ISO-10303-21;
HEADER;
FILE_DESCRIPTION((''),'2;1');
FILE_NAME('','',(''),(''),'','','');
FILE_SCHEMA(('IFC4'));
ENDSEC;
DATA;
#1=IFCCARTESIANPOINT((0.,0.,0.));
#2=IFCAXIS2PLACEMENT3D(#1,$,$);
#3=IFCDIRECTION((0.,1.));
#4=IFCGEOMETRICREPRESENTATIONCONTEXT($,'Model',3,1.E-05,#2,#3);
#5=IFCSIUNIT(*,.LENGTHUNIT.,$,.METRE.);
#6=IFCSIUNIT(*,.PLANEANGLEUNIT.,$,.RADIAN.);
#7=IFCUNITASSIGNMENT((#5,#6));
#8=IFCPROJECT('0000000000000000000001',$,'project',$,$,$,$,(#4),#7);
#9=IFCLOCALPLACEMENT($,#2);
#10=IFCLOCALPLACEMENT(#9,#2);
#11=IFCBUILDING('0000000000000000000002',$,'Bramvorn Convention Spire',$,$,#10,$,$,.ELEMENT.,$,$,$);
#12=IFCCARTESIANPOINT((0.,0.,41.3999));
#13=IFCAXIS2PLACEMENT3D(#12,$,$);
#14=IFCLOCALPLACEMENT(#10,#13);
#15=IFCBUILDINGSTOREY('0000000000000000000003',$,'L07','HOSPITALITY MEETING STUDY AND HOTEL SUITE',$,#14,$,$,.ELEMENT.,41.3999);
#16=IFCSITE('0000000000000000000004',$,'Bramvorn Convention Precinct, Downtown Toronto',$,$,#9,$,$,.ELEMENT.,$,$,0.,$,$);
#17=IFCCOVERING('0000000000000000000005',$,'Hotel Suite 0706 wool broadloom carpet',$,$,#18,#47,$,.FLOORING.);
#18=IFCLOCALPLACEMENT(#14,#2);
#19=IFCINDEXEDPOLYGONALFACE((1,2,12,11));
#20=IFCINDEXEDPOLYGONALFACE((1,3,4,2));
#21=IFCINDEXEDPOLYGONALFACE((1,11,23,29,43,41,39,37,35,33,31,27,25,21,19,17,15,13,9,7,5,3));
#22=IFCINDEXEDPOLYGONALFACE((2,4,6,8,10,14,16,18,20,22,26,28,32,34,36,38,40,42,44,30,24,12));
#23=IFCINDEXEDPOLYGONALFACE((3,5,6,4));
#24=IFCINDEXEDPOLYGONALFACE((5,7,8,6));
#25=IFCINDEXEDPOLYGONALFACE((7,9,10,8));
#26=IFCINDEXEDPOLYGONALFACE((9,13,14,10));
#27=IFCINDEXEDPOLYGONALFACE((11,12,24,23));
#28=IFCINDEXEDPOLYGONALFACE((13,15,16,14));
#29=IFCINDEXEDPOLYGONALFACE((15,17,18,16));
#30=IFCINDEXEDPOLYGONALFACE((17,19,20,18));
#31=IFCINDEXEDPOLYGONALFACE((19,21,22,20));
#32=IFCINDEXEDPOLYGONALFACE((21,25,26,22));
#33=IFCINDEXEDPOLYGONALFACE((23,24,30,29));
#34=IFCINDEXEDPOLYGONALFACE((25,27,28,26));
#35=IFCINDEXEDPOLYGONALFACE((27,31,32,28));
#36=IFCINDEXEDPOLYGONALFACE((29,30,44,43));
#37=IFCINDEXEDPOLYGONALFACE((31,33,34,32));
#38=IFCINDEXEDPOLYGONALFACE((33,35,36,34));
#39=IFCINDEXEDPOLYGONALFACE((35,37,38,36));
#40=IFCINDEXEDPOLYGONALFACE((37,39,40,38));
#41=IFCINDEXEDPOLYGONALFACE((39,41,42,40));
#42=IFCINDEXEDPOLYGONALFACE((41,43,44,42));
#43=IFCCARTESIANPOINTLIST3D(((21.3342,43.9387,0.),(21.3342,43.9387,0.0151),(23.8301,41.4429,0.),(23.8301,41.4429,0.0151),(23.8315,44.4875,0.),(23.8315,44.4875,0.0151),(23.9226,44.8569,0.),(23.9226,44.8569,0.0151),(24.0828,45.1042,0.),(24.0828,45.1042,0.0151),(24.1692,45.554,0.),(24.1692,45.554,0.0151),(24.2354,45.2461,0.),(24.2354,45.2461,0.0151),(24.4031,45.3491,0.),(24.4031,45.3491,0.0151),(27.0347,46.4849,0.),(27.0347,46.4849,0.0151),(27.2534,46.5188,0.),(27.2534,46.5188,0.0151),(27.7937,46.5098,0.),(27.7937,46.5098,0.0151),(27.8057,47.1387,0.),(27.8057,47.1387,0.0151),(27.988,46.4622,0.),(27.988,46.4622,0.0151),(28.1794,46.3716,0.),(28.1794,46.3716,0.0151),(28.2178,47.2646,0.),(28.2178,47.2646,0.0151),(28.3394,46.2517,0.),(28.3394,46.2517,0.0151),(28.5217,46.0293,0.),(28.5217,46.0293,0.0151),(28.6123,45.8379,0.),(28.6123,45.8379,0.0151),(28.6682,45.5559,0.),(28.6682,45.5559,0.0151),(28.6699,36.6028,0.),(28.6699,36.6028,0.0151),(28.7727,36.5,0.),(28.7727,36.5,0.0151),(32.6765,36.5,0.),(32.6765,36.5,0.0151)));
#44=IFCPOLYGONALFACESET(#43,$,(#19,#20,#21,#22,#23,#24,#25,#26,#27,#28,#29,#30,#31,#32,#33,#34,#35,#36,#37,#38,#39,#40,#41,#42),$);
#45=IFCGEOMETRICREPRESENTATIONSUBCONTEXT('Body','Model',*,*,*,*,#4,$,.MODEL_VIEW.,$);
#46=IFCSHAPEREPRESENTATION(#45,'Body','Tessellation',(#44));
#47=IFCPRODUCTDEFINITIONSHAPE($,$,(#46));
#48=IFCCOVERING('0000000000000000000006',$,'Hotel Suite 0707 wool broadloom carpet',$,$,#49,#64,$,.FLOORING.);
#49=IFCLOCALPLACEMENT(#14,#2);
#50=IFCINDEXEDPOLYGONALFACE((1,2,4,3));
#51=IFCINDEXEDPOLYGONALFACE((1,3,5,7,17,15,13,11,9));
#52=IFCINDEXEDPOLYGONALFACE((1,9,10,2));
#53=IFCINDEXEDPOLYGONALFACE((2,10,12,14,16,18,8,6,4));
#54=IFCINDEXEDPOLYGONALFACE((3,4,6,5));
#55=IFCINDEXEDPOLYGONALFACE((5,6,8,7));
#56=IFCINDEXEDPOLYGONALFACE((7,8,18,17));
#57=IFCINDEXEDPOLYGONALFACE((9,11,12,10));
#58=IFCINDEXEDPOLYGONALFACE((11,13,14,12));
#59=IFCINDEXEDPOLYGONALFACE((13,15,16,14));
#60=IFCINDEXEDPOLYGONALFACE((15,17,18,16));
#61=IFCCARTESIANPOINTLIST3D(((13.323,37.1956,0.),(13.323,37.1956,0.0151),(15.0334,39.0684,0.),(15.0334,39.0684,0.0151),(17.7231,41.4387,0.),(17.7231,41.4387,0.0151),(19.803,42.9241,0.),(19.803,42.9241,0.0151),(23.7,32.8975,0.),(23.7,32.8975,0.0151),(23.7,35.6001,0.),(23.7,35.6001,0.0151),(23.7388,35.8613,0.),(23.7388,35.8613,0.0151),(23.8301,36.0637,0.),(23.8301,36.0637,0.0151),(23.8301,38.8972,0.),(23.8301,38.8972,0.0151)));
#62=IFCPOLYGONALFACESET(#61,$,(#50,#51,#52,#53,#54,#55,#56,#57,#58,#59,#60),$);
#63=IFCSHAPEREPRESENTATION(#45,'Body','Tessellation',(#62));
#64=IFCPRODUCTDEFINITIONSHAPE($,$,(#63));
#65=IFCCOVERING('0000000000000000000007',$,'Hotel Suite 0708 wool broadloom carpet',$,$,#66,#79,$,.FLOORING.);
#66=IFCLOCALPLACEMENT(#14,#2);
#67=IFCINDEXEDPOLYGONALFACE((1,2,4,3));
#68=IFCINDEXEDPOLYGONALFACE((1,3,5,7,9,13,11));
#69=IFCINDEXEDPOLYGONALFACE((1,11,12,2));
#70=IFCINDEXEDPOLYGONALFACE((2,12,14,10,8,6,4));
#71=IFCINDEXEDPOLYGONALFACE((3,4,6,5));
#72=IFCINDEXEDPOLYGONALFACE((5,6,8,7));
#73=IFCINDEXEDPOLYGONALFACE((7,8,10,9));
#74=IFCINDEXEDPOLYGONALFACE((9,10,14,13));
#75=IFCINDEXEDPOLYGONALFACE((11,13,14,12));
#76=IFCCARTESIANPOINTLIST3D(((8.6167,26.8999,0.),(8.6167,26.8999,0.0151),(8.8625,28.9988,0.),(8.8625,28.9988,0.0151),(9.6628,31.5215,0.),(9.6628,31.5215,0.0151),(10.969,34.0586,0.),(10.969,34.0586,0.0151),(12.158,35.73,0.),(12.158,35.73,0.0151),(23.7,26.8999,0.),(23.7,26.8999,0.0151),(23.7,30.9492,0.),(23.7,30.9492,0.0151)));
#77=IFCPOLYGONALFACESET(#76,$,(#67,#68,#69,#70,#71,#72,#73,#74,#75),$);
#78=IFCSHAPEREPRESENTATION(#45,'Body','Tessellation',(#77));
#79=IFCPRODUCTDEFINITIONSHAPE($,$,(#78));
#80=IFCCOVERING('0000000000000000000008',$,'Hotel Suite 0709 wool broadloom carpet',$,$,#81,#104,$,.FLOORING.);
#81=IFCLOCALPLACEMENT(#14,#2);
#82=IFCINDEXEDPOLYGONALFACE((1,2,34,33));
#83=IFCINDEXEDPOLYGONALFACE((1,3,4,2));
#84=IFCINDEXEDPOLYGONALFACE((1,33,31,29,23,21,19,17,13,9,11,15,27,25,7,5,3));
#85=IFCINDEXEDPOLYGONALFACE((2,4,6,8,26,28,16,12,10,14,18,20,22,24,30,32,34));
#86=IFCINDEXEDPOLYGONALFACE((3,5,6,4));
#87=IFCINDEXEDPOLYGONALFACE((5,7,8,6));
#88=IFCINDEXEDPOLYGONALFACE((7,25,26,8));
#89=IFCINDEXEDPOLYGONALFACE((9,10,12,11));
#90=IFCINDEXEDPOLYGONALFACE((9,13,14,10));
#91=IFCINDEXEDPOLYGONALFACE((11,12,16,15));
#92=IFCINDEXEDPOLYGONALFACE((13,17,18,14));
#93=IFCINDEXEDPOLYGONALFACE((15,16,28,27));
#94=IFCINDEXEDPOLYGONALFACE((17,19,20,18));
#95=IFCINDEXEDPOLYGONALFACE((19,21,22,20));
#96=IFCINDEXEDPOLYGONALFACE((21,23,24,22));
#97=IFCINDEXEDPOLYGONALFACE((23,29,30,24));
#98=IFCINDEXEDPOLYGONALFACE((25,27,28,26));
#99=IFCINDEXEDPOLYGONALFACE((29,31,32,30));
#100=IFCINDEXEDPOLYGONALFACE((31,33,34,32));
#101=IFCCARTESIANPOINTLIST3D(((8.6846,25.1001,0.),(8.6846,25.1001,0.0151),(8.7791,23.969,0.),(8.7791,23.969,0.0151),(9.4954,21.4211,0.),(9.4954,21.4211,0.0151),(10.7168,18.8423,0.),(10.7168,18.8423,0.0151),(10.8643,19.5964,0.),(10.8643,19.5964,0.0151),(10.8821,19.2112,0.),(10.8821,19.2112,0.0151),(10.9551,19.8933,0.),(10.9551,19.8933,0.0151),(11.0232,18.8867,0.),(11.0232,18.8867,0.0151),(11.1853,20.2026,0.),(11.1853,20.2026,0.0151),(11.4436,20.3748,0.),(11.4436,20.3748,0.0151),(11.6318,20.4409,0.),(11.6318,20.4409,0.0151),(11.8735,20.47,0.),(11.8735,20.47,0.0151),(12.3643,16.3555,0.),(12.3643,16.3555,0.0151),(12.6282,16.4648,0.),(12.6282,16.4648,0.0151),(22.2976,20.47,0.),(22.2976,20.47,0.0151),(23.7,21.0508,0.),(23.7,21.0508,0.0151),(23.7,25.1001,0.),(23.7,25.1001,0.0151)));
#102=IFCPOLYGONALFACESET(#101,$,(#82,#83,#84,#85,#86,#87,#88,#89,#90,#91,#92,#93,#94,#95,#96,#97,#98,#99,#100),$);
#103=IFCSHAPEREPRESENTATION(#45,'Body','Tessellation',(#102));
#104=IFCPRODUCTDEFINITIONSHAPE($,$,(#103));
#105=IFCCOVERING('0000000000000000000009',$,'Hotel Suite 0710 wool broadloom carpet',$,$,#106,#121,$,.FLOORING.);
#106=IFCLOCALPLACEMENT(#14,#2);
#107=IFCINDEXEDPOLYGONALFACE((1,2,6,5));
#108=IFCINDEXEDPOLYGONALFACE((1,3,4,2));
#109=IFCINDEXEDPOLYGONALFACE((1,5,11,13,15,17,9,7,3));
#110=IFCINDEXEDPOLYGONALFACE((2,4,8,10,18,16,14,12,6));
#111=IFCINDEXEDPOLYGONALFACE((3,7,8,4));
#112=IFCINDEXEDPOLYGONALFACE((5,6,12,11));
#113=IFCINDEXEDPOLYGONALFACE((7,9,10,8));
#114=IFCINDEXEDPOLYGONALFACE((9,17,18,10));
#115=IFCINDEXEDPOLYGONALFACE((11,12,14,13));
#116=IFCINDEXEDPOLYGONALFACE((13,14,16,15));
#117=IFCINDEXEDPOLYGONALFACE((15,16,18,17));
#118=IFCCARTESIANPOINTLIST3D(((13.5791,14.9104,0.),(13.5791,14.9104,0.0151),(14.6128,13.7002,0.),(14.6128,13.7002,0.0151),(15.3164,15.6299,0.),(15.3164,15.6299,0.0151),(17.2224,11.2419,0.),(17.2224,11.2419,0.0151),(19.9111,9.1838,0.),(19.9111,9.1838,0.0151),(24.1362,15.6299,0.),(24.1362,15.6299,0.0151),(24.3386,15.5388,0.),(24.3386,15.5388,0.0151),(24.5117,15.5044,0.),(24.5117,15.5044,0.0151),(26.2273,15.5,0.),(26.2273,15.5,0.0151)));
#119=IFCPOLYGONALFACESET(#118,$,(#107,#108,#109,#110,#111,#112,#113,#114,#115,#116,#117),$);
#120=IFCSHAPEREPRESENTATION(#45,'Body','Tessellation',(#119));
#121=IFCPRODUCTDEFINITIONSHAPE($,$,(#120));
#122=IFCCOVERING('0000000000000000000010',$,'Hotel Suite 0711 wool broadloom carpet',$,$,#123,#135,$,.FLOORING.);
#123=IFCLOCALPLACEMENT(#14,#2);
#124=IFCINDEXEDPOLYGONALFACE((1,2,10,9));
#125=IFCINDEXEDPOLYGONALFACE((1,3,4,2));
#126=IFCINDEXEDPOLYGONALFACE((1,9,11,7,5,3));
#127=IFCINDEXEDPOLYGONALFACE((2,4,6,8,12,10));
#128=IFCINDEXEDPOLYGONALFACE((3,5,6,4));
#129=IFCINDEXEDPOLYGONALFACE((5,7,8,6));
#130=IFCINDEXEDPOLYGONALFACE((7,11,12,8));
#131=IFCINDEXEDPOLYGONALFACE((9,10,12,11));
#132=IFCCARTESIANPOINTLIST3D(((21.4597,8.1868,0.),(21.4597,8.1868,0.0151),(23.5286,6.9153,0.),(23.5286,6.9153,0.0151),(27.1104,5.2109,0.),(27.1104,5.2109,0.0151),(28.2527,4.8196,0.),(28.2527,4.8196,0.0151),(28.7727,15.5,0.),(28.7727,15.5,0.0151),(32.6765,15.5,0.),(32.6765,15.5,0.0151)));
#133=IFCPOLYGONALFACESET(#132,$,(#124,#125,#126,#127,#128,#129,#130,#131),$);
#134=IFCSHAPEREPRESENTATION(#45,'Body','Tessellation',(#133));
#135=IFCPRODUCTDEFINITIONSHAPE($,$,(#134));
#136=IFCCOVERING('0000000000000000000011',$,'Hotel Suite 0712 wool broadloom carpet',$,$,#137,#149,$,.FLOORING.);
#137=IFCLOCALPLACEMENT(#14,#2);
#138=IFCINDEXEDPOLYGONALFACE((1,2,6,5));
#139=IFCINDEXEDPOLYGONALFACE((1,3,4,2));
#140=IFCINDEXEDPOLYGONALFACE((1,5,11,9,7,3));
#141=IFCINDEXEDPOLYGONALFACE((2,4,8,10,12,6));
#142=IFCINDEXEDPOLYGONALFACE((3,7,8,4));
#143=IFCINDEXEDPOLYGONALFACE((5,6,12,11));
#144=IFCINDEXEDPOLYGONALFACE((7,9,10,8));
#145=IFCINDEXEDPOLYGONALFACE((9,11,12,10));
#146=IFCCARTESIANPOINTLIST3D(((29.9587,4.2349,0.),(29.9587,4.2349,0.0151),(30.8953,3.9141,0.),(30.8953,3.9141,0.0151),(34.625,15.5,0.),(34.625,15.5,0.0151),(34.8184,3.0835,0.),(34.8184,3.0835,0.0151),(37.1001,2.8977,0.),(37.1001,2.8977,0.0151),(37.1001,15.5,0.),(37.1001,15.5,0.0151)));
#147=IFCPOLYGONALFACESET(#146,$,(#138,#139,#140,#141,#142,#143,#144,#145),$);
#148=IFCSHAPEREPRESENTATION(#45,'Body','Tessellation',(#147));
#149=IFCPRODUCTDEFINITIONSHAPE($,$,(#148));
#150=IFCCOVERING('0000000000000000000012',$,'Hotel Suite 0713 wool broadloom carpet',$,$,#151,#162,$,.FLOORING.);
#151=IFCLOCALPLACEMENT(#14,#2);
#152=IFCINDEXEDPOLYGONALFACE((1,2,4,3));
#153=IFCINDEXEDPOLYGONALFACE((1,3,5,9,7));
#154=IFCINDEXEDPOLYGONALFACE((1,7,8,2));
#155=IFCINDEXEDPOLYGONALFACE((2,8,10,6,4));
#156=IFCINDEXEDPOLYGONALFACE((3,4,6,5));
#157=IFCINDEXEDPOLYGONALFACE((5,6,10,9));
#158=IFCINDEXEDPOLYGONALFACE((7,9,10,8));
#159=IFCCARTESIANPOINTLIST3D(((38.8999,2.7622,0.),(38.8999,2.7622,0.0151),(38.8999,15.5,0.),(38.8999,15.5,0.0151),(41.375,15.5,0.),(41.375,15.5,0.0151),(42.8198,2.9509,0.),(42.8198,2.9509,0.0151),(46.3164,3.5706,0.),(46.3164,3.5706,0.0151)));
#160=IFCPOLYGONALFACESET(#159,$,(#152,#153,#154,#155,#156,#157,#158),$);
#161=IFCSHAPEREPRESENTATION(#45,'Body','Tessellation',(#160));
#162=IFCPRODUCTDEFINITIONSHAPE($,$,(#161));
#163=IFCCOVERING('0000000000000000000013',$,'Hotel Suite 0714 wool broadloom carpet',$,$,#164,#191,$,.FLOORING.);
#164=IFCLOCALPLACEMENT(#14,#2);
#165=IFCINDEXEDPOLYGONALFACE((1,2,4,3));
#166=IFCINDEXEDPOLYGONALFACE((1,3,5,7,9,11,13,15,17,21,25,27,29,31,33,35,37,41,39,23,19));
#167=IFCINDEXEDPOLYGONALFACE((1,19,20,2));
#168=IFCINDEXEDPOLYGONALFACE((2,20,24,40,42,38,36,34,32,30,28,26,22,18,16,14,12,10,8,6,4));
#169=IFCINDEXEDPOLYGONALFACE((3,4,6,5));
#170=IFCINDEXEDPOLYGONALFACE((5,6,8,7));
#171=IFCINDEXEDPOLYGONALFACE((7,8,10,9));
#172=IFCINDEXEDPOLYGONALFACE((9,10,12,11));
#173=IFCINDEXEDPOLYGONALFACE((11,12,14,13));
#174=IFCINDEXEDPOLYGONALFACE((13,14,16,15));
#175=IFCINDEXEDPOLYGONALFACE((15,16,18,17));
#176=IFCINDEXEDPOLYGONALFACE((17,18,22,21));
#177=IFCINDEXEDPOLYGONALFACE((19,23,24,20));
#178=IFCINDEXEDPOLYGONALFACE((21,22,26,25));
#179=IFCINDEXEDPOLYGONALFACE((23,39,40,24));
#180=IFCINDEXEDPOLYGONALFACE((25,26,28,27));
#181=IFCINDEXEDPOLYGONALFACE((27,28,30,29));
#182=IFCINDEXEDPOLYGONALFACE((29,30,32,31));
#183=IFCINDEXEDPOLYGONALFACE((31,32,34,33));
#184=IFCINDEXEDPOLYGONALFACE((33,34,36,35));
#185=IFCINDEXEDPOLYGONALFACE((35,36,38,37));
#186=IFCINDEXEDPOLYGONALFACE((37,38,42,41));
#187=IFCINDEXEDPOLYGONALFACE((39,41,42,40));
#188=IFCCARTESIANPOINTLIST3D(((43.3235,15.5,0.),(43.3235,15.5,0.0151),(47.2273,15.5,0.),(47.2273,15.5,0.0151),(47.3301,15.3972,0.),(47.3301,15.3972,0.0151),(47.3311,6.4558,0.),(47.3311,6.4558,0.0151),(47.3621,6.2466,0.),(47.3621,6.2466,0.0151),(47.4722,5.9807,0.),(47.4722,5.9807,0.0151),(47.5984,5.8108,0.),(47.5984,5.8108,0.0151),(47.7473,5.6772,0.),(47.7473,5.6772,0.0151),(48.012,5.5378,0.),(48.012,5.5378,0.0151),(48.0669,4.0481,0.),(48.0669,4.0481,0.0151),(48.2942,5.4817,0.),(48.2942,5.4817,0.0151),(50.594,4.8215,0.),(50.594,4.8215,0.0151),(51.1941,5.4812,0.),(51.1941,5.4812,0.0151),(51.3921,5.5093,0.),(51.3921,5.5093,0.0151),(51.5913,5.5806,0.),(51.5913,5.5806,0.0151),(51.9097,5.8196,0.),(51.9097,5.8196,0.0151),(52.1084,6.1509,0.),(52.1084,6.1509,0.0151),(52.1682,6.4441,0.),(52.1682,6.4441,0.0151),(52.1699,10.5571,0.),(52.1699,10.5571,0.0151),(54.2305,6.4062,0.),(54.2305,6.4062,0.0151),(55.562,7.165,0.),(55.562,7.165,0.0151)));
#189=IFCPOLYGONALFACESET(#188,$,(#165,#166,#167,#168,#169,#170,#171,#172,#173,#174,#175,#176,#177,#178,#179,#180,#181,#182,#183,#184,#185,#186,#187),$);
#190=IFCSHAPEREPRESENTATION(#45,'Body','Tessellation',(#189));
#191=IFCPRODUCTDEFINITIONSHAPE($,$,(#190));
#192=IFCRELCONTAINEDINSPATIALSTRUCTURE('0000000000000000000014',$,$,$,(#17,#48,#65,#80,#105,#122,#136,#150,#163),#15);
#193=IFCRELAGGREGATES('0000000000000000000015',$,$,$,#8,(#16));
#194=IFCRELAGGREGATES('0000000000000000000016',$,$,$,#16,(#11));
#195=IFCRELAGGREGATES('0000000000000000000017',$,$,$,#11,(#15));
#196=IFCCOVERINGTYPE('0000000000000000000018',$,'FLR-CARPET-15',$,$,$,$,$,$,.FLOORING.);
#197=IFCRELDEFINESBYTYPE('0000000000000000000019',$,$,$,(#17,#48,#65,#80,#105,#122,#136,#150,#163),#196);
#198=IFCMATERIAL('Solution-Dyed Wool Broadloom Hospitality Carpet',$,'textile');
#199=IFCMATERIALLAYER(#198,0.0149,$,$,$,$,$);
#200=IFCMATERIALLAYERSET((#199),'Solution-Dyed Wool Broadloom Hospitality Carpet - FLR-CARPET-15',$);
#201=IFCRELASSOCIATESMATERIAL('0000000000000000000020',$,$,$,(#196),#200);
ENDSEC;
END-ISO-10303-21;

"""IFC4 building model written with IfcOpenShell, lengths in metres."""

from ifc_helpers import new_model, si_unit, direction, frame, origin, place, context, subcontext, project, spatial, polyline, outline, extrude, material, layer, layer_set, type_object, element, save


model = new_model("IFC4")

# Units and contexts
model_context = context("Model", 3, precision=1e-05, world=origin(), true_north=direction((0.0, 1.0)))
body_context = subcontext(model_context, "Body", "Model", "MODEL_VIEW")
ifc_project = project(units=[si_unit("LENGTHUNIT", "METRE"), si_unit("PLANEANGLEUNIT", "RADIAN")], contexts=[model_context])

# Site, building, storey
site_placement = place(None, origin())
site = spatial("IfcSite", under=ifc_project, at=site_placement, Name="Bramvorn Convention Precinct, Downtown Toronto", CompositionType="ELEMENT", RefElevation=0.0)
building_placement = place(site_placement, origin())
building = spatial("IfcBuilding", under=site, at=building_placement, Name="Bramvorn Convention Spire", CompositionType="ELEMENT")
storey_placement = place(building_placement, frame((0.0, 0.0, 41.3999)))
storey = spatial("IfcBuildingStorey", under=building, at=storey_placement, Name="L07", Description="HOSPITALITY MEETING STUDY AND HOTEL SUITE", CompositionType="ELEMENT", Elevation=41.3999)

# Coverings
ifc_material_1 = material(Name="Solution-Dyed Wool Broadloom Hospitality Carpet", Category="textile")
ifc_layer_1 = layer(ifc_material_1, 0.0149)
ifc_layer_set_1 = layer_set([ifc_layer_1], Name="Solution-Dyed Wool Broadloom Hospitality Carpet - FLR-CARPET-15")
covering_type = type_object("IfcCoveringType", Name="FLR-CARPET-15", PredefinedType="FLOORING", material=ifc_layer_set_1)
covering_1_placement = place(storey_placement, origin())
element("IfcCovering", 1, at=covering_1_placement, inside=storey, type_object=covering_type, Name="Hotel Suite 0706 wool broadloom carpet", PredefinedType="FLOORING", context=body_context, shape_type="SweptSolid", body=[
    extrude(outline(polyline([(23.8301, 41.4429), (23.8315, 44.4875), (23.9226, 44.8569), (24.0828, 45.1042), (24.2354, 45.2461), (24.4031, 45.3491), (27.0347, 46.4849), (27.2534, 46.5188), (27.7937, 46.5098), (27.988, 46.4622), (28.1794, 46.3716), (28.3394, 46.2517), (28.5217, 46.0293), (28.6123, 45.8379), (28.6682, 45.5559), (28.6699, 36.6028), (28.7727, 36.5), (32.6765, 36.5), (28.2178, 47.2646), (27.8057, 47.1387), (24.1692, 45.554), (21.3342, 43.9387), (23.8301, 41.4429)])), origin(), (0.0, 0.0, 1.0), 0.0151),
])
covering_2_placement = place(storey_placement, origin())
element("IfcCovering", 2, at=covering_2_placement, inside=storey, type_object=covering_type, Name="Hotel Suite 0707 wool broadloom carpet", PredefinedType="FLOORING", context=body_context, shape_type="SweptSolid", body=[
    extrude(outline(polyline([(23.7, 32.8975), (23.7, 35.6001), (23.7388, 35.8613), (23.8301, 36.0637), (23.8301, 38.8972), (19.803, 42.9241), (17.7231, 41.4387), (15.0334, 39.0684), (13.323, 37.1956), (23.7, 32.8975)])), origin(), (0.0, 0.0, 1.0), 0.0151),
])
covering_3_placement = place(storey_placement, origin())
element("IfcCovering", 3, at=covering_3_placement, inside=storey, type_object=covering_type, Name="Hotel Suite 0708 wool broadloom carpet", PredefinedType="FLOORING", context=body_context, shape_type="SweptSolid", body=[
    extrude(outline(polyline([(23.7, 26.8999), (23.7, 30.9492), (12.158, 35.73), (10.969, 34.0586), (9.6628, 31.5215), (8.8625, 28.9988), (8.6167, 26.8999), (23.7, 26.8999)])), origin(), (0.0, 0.0, 1.0), 0.0151),
])
covering_4_placement = place(storey_placement, origin())
element("IfcCovering", 4, at=covering_4_placement, inside=storey, type_object=covering_type, Name="Hotel Suite 0709 wool broadloom carpet", PredefinedType="FLOORING", context=body_context, shape_type="SweptSolid", body=[
    extrude(outline(polyline([(12.3643, 16.3555), (12.6282, 16.4648), (11.0232, 18.8867), (10.8821, 19.2112), (10.8643, 19.5964), (10.9551, 19.8933), (11.1853, 20.2026), (11.4436, 20.3748), (11.6318, 20.4409), (11.8735, 20.47), (22.2976, 20.47), (23.7, 21.0508), (23.7, 25.1001), (8.6846, 25.1001), (8.7791, 23.969), (9.4954, 21.4211), (10.7168, 18.8423), (12.3643, 16.3555)])), origin(), (0.0, 0.0, 1.0), 0.0151),
])
covering_5_placement = place(storey_placement, origin())
element("IfcCovering", 5, at=covering_5_placement, inside=storey, type_object=covering_type, Name="Hotel Suite 0710 wool broadloom carpet", PredefinedType="FLOORING", context=body_context, shape_type="SweptSolid", body=[
    extrude(outline(polyline([(19.9111, 9.1838), (26.2273, 15.5), (24.5117, 15.5044), (24.3386, 15.5388), (24.1362, 15.6299), (15.3164, 15.6299), (13.5791, 14.9104), (14.6128, 13.7002), (17.2224, 11.2419), (19.9111, 9.1838)])), origin(), (0.0, 0.0, 1.0), 0.0151),
])
covering_6_placement = place(storey_placement, origin())
element("IfcCovering", 6, at=covering_6_placement, inside=storey, type_object=covering_type, Name="Hotel Suite 0711 wool broadloom carpet", PredefinedType="FLOORING", context=body_context, shape_type="SweptSolid", body=[
    extrude(outline(polyline([(27.1104, 5.2109), (28.2527, 4.8196), (32.6765, 15.5), (28.7727, 15.5), (21.4597, 8.1868), (23.5286, 6.9153), (27.1104, 5.2109)])), origin(), (0.0, 0.0, 1.0), 0.0151),
])
covering_7_placement = place(storey_placement, origin())
element("IfcCovering", 7, at=covering_7_placement, inside=storey, type_object=covering_type, Name="Hotel Suite 0712 wool broadloom carpet", PredefinedType="FLOORING", context=body_context, shape_type="SweptSolid", body=[
    extrude(outline(polyline([(34.8184, 3.0835), (37.1001, 2.8977), (37.1001, 15.5), (34.625, 15.5), (29.9587, 4.2349), (30.8953, 3.9141), (34.8184, 3.0835)])), origin(), (0.0, 0.0, 1.0), 0.0151),
])
covering_8_placement = place(storey_placement, origin())
element("IfcCovering", 8, at=covering_8_placement, inside=storey, type_object=covering_type, Name="Hotel Suite 0713 wool broadloom carpet", PredefinedType="FLOORING", context=body_context, shape_type="SweptSolid", body=[
    extrude(outline(polyline([(42.8198, 2.9509), (46.3164, 3.5706), (41.375, 15.5), (38.8999, 15.5), (38.8999, 2.7622), (42.8198, 2.9509)])), origin(), (0.0, 0.0, 1.0), 0.0151),
])
covering_9_placement = place(storey_placement, origin())
element("IfcCovering", 9, at=covering_9_placement, inside=storey, type_object=covering_type, Name="Hotel Suite 0714 wool broadloom carpet", PredefinedType="FLOORING", context=body_context, shape_type="SweptSolid", body=[
    extrude(outline(polyline([(54.2305, 6.4062), (55.562, 7.165), (52.1699, 10.5571), (52.1682, 6.4441), (52.1084, 6.1509), (51.9097, 5.8196), (51.5913, 5.5806), (51.3921, 5.5093), (51.1941, 5.4812), (48.2942, 5.4817), (48.012, 5.5378), (47.7473, 5.6772), (47.5984, 5.8108), (47.4722, 5.9807), (47.3621, 6.2466), (47.3311, 6.4558), (47.3301, 15.3972), (47.2273, 15.5), (43.3235, 15.5), (48.0669, 4.0481), (50.594, 4.8215), (54.2305, 6.4062)])), origin(), (0.0, 0.0, 1.0), 0.0151),
])

save(model, "model.ifc")
